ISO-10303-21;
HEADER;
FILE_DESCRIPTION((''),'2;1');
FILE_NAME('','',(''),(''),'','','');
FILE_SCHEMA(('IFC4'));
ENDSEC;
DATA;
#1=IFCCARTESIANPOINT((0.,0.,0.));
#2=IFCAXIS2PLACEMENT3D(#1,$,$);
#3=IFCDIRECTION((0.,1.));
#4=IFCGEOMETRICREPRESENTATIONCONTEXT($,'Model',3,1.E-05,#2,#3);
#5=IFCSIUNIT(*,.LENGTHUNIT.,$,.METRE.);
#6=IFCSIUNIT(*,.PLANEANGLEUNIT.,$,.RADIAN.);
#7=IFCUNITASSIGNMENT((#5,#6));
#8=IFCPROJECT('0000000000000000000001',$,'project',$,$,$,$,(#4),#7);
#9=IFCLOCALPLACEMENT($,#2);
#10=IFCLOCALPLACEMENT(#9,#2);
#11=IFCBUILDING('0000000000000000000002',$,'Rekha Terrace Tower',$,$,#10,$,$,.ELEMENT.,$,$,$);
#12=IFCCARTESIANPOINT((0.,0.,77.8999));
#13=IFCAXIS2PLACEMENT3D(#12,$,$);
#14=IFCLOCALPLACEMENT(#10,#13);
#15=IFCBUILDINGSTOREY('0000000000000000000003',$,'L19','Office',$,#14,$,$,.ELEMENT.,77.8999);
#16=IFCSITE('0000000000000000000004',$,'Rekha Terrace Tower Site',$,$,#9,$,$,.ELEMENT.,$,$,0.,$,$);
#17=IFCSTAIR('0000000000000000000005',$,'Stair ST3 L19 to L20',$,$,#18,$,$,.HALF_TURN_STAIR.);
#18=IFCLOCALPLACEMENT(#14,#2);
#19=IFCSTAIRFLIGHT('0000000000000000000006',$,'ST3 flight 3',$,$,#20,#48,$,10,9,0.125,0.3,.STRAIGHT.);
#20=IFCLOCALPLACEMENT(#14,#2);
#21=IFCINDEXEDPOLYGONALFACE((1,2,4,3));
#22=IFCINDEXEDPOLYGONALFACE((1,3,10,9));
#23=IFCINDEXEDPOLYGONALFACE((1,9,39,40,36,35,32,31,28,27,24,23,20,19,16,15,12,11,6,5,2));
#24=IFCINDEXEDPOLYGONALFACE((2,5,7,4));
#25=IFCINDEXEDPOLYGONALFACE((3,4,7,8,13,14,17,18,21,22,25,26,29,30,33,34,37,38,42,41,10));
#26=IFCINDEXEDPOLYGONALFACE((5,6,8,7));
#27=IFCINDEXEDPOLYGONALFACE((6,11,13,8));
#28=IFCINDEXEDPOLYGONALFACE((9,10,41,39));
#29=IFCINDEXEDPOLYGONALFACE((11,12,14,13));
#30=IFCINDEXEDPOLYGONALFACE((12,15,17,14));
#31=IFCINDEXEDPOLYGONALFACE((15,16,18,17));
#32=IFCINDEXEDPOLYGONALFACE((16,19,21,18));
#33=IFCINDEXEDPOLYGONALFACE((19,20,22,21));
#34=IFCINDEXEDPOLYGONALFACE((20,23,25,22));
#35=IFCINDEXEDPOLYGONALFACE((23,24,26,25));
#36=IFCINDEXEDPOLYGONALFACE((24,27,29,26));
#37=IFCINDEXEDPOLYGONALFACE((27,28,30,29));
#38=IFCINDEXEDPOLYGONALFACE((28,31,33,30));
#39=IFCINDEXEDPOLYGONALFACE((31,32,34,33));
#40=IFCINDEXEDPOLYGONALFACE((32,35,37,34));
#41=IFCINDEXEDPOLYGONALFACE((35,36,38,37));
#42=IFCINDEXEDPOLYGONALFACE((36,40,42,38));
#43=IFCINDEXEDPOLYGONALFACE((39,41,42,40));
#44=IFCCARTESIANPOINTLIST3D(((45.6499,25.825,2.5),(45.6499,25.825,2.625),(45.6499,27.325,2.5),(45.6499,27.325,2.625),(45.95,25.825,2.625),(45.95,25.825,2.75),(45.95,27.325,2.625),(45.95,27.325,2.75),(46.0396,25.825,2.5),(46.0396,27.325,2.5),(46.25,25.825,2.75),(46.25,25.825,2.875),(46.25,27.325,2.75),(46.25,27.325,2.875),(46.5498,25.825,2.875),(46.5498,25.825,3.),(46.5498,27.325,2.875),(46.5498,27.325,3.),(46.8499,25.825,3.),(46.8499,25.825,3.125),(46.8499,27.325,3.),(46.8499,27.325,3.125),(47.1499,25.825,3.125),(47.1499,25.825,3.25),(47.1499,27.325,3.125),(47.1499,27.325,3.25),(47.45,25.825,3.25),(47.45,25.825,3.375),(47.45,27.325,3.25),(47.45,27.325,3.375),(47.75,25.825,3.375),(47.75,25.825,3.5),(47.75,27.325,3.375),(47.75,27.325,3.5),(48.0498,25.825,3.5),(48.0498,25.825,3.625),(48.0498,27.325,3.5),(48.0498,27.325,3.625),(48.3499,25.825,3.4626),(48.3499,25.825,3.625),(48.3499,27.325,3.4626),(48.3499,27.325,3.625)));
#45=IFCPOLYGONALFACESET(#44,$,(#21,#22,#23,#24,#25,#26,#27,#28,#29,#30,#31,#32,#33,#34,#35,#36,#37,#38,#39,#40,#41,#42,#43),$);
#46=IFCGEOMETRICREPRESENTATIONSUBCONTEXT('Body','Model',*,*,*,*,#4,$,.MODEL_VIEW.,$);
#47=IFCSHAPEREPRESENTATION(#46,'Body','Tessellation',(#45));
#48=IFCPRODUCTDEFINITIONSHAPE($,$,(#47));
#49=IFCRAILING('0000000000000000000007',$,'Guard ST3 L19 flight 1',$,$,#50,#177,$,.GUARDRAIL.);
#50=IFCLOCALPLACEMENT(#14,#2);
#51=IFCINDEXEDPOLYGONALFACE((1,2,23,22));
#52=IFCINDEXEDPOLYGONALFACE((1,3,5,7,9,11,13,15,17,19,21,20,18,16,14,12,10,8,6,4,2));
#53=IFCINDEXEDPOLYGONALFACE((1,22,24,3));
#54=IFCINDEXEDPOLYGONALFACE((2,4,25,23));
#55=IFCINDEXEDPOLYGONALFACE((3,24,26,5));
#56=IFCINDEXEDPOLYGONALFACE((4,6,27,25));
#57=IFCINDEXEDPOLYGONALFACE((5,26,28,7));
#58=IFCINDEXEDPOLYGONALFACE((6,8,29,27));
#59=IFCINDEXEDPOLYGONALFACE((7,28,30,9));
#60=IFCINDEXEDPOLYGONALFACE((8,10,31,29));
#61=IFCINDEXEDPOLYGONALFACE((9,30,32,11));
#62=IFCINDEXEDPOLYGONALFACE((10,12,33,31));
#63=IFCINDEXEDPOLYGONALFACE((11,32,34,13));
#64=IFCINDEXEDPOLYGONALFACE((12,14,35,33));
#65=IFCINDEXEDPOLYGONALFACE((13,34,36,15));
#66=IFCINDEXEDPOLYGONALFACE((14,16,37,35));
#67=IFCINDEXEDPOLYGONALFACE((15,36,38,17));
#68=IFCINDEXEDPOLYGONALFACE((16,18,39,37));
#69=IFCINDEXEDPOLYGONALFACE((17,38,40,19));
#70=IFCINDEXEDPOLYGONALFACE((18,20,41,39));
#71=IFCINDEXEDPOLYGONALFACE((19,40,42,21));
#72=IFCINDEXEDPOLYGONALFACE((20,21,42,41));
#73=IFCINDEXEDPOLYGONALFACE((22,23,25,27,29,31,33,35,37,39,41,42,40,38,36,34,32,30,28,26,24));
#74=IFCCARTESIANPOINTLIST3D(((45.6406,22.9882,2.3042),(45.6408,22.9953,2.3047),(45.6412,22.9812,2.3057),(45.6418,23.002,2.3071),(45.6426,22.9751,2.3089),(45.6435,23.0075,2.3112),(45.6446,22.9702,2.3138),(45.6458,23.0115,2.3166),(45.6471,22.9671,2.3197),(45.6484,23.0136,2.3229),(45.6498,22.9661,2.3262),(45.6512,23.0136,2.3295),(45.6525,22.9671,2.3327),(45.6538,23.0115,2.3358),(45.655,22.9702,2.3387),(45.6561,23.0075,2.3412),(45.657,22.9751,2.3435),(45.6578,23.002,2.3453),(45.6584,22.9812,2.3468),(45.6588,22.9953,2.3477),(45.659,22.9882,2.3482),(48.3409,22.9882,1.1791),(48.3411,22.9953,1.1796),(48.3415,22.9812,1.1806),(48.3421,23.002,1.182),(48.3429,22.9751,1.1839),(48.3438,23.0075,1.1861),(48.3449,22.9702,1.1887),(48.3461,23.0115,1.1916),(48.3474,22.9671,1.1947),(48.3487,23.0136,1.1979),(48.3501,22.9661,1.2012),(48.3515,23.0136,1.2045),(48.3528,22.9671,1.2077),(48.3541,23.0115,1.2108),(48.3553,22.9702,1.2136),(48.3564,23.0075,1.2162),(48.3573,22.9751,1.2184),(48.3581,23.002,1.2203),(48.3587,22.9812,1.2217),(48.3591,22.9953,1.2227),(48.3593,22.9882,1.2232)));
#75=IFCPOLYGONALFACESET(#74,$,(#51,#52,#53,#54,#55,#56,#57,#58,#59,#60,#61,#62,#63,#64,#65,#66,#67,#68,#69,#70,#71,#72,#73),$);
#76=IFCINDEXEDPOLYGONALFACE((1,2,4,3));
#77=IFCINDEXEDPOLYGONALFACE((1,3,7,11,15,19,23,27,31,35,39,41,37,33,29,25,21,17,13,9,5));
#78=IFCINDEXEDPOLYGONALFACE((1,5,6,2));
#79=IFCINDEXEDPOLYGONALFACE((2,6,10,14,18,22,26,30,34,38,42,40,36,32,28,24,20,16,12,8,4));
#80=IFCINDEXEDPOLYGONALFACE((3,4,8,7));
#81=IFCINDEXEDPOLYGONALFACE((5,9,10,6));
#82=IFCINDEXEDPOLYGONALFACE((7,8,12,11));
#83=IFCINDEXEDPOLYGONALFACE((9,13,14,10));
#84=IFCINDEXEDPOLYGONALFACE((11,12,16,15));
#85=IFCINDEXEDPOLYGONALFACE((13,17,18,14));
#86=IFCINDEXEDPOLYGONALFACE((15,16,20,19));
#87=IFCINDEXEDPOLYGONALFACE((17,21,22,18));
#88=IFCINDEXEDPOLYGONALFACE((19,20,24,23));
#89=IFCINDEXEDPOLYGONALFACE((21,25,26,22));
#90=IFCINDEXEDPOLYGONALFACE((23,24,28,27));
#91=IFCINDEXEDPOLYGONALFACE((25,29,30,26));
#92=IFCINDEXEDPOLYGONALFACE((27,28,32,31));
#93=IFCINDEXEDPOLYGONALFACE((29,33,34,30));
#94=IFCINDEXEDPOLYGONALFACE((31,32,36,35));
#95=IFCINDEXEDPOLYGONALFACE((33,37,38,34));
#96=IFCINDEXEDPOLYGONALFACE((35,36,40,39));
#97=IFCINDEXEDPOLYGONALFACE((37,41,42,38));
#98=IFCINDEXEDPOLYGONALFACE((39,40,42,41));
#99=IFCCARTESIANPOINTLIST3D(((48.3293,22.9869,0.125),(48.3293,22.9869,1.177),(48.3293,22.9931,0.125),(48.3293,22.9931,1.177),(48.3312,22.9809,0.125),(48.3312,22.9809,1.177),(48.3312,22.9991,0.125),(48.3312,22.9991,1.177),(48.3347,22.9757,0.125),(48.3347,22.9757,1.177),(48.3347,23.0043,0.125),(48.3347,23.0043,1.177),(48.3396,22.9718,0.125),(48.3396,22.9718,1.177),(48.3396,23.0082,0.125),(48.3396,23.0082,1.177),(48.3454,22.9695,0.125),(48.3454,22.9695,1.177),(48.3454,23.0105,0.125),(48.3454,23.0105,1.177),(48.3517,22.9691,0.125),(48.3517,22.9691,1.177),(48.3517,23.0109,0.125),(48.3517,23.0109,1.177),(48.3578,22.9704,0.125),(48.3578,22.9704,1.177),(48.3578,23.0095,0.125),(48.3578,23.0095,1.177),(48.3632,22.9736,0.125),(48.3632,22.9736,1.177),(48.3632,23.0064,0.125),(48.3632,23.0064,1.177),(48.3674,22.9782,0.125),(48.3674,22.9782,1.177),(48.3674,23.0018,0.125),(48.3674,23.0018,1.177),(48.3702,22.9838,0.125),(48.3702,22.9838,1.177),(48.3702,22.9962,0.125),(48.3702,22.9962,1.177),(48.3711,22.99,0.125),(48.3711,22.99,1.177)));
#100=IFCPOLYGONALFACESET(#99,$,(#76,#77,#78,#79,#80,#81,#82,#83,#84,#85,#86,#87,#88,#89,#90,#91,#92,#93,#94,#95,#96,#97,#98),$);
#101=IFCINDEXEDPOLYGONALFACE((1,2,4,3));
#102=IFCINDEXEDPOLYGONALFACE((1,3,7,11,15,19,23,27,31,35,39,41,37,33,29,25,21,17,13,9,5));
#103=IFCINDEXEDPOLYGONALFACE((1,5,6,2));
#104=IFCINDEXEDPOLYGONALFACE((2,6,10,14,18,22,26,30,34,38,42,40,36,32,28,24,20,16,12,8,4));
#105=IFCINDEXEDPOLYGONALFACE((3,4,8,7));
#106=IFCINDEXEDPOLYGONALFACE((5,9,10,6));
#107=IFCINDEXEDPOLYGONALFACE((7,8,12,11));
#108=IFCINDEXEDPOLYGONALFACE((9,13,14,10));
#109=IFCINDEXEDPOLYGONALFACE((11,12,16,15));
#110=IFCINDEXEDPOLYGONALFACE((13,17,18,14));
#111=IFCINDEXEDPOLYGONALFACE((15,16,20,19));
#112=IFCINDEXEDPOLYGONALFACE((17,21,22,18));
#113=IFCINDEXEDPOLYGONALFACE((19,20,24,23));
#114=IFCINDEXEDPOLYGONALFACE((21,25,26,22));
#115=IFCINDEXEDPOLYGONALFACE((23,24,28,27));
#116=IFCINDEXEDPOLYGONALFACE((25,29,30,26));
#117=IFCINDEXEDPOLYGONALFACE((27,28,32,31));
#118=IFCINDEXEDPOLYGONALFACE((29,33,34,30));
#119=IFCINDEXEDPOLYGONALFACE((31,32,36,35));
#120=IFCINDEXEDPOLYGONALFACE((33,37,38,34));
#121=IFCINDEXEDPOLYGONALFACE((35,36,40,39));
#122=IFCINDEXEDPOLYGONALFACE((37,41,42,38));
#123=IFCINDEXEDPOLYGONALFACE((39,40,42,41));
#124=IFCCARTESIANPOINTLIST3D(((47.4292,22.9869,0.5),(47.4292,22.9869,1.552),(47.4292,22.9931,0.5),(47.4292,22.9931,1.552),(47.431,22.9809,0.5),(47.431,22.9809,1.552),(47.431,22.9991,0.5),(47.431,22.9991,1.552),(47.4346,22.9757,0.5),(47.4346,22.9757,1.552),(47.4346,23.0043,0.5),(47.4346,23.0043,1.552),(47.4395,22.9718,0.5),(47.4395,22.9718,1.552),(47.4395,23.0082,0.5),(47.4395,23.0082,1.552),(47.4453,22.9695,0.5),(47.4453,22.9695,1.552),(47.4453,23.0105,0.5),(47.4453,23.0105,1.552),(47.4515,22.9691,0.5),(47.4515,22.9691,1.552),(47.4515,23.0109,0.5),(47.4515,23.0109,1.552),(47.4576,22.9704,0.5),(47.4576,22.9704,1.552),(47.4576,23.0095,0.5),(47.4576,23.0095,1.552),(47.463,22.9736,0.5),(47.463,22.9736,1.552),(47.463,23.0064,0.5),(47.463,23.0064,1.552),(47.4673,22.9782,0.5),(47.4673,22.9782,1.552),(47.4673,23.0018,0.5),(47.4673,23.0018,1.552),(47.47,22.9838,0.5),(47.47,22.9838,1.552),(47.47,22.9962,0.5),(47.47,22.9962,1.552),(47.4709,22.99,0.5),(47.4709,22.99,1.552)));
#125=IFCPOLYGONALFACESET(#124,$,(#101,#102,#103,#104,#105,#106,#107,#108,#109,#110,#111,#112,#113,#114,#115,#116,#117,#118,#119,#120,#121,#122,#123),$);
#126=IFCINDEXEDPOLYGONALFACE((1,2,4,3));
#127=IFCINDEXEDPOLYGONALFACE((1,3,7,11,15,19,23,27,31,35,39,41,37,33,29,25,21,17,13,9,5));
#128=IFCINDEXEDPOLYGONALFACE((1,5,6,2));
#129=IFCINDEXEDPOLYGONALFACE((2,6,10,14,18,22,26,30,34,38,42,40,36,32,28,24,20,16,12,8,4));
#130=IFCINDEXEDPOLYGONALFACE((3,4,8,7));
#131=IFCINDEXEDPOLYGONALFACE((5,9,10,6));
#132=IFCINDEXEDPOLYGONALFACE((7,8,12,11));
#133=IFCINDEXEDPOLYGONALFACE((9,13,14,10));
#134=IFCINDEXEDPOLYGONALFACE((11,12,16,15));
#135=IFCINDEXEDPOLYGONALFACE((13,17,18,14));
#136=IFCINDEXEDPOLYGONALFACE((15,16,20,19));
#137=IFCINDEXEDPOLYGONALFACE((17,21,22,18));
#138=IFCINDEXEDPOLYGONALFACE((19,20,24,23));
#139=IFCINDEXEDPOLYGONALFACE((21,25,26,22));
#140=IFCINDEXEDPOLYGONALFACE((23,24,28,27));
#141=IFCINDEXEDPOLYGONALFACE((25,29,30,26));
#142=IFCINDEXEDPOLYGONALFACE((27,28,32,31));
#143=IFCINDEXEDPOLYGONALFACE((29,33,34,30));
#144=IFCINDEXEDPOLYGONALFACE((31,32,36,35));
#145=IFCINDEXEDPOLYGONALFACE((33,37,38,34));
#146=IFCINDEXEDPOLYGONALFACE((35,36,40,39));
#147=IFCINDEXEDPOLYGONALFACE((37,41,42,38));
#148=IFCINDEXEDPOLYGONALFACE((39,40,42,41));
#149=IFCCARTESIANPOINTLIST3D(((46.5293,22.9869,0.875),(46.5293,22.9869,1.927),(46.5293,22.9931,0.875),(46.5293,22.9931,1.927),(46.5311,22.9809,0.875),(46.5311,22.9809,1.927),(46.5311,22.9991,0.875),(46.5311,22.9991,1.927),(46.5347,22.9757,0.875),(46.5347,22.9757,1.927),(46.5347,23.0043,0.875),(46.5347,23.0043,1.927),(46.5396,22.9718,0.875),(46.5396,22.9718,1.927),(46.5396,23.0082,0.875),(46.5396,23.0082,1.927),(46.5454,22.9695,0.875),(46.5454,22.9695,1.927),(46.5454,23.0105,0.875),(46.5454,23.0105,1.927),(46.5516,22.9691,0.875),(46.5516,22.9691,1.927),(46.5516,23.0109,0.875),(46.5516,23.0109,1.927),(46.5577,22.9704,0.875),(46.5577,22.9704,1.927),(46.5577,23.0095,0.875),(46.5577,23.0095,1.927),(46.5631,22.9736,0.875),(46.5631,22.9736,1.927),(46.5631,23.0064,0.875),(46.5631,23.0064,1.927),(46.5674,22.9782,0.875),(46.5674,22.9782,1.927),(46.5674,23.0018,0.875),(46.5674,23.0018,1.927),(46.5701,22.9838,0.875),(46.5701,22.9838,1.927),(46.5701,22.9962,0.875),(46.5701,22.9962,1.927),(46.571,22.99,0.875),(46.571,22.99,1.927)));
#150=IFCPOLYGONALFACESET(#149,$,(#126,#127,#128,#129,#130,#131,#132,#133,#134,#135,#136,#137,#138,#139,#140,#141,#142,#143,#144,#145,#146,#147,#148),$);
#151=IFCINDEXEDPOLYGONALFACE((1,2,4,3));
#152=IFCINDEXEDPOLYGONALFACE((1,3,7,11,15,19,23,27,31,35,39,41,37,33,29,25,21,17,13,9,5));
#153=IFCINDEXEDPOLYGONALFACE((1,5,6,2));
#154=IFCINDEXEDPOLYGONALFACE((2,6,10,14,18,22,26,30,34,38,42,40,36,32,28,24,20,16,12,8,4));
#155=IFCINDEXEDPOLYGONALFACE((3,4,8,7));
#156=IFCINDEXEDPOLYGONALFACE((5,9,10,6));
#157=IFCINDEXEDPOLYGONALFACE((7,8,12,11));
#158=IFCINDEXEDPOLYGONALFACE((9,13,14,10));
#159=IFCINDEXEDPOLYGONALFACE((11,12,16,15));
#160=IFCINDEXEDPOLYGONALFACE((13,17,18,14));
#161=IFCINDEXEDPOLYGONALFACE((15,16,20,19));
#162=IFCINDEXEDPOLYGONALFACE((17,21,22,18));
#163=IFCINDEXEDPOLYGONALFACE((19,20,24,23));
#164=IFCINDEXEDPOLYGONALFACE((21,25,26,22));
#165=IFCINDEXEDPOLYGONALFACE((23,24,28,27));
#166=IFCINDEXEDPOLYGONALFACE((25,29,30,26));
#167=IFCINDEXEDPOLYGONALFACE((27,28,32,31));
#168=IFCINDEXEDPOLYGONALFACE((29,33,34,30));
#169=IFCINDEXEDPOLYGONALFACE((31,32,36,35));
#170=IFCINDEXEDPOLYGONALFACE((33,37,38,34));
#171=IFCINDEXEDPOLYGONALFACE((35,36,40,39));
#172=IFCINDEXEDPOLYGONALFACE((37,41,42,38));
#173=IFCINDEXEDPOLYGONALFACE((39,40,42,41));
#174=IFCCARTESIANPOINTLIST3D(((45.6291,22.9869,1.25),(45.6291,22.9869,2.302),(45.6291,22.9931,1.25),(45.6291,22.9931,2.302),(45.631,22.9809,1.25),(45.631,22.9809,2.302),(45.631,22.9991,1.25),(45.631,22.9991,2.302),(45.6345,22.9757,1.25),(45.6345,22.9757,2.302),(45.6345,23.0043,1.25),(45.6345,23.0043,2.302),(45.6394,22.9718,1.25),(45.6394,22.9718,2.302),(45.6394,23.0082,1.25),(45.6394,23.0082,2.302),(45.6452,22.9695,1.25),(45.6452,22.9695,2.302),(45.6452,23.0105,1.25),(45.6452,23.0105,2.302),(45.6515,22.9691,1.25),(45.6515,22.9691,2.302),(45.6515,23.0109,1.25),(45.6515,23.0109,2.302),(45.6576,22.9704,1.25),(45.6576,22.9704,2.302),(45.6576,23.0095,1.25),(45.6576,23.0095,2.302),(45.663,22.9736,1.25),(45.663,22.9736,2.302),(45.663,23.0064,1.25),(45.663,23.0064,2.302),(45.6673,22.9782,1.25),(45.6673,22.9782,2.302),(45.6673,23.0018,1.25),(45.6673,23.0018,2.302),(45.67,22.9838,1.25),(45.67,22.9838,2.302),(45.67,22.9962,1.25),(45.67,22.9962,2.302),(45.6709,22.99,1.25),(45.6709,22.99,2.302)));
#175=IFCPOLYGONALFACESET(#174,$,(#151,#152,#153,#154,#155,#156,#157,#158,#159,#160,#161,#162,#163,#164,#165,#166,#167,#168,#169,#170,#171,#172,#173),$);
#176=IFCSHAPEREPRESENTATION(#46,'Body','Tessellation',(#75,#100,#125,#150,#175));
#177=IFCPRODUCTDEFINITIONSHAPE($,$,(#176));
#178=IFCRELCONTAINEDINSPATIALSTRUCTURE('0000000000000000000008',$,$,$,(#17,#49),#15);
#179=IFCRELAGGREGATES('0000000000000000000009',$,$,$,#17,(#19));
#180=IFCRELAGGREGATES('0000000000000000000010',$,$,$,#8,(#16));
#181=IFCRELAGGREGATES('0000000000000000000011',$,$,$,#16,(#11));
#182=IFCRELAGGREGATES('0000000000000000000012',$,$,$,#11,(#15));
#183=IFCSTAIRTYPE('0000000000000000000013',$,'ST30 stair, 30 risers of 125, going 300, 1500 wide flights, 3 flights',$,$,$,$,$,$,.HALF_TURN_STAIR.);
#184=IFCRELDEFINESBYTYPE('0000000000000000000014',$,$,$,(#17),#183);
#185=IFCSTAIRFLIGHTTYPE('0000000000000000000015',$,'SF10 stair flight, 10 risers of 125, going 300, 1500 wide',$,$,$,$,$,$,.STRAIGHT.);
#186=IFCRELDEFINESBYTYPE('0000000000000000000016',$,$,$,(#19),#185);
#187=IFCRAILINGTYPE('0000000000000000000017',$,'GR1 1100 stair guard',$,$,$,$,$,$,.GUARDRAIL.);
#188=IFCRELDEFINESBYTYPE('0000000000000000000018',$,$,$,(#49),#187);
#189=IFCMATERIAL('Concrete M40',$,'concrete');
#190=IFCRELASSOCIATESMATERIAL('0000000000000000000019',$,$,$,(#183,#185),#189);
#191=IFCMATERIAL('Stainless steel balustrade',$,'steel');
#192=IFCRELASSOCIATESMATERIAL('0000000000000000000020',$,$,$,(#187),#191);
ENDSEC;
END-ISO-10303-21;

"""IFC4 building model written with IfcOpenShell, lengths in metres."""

from ifc_helpers import new_model, si_unit, direction, frame, origin, origin_2d, place, context, subcontext, project, spatial, polyline, circle, outline, extrude, material, type_object, element, aggregate, save


model = new_model("IFC4")

# Units and contexts
model_context = context("Model", 3, precision=1e-05, world=origin(), true_north=direction((0.0, 1.0)))
body_context = subcontext(model_context, "Body", "Model", "MODEL_VIEW")
ifc_project = project(units=[si_unit("LENGTHUNIT", "METRE"), si_unit("PLANEANGLEUNIT", "RADIAN")], contexts=[model_context])

# Site, building, storey
site_placement = place(None, origin())
site = spatial("IfcSite", under=ifc_project, at=site_placement, Name="Rekha Terrace Tower Site", CompositionType="ELEMENT", RefElevation=0.0)
building_placement = place(site_placement, origin())
building = spatial("IfcBuilding", under=site, at=building_placement, Name="Rekha Terrace Tower", CompositionType="ELEMENT")
storey_placement = place(building_placement, frame((0.0, 0.0, 77.8999)))
storey = spatial("IfcBuildingStorey", under=building, at=storey_placement, Name="L19", Description="Office", CompositionType="ELEMENT", Elevation=77.8999)

# Stair, stair flight
ifc_material_1 = material(Name="Concrete M40", Category="concrete")
stair_type = type_object("IfcStairType", Name="ST30 stair, 30 risers of 125, going 300, 1500 wide flights, 3 flights", PredefinedType="HALF_TURN_STAIR", material=ifc_material_1)
stair_placement = place(storey_placement, origin())
stair = element("IfcStair", 1, at=stair_placement, inside=storey, type_object=stair_type, Name="Stair ST3 L19 to L20", PredefinedType="HALF_TURN_STAIR")
stair_flight_type = type_object("IfcStairFlightType", Name="SF10 stair flight, 10 risers of 125, going 300, 1500 wide", PredefinedType="STRAIGHT", material=ifc_material_1)
stair_flight_1_placement = place(storey_placement, frame((45.6499, 26.575, 2.5), z_axis=(0.0, 0.0, 1.0), x_axis=(1.0, 0.0, 0.0)))
stair_flight_1 = element("IfcStairFlight", 2, at=stair_flight_1_placement, type_object=stair_flight_type, Name="ST3 flight 3", NumberOfRisers=10, NumberOfTreads=9, PredefinedType="STRAIGHT", RiserHeight=0.125, TreadLength=0.3, context=body_context, shape_type="SweptSolid", body=[
    extrude(outline(polyline([(0.0, 0.0), (0.0, 0.125), (0.3, 0.125), (0.3, 0.25), (0.6001, 0.25), (0.6001, 0.375), (0.8999, 0.375), (0.8999, 0.5), (1.2, 0.5), (1.2, 0.625), (1.5, 0.625), (1.5, 0.75), (1.8, 0.75), (1.8, 0.875), (2.1001, 0.875), (2.1001, 1.0), (2.3999, 1.0), (2.3999, 1.125), (2.7, 1.125), (2.7, 1.25), (2.7, 0.9626), (0.3896, 0.0), (0.0, 0.0)])), frame((0.0, 0.75, 0.0), z_axis=(0.0, -1.0, 0.0), x_axis=(1.0, 0.0, 0.0)), (0.0, 0.0, 1.0), 1.5),
])
aggregate(stair, [stair_flight_1])

# Railing
ifc_material_2 = material(Name="Stainless steel balustrade", Category="steel")
railing_type_1 = type_object("IfcRailingType", Name="GR1 1100 stair guard", PredefinedType="GUARDRAIL", material=ifc_material_2)
railing_1_placement = place(storey_placement, frame((48.3501, 22.99, 0.125)))
element("IfcRailing", 3, at=railing_1_placement, inside=storey, type_object=railing_type_1, Name="Guard ST3 L19 flight 1", PredefinedType="GUARDRAIL", context=body_context, shape_type="SweptSolid", body=[
    extrude(circle(Radius=0.0239, at=origin_2d()), frame((0.0, 0.0, 1.0762), z_axis=(-0.923087, 0.0, 0.384592), x_axis=(0.0, -1.0, 0.0)), (0.0, 0.0, 1.0), 2.9253),
    extrude(circle(Radius=0.021, at=origin_2d()), origin(), (0.0, 0.0, 1.0), 1.052),
    extrude(circle(Radius=0.021, at=origin_2d()), frame((-0.9001, 0.0, 0.375)), (0.0, 0.0, 1.0), 1.052),
    extrude(circle(Radius=0.021, at=origin_2d()), frame((-1.8, 0.0, 0.75)), (0.0, 0.0, 1.0), 1.052),
    extrude(circle(Radius=0.021, at=origin_2d()), frame((-2.7002, 0.0, 1.125)), (0.0, 0.0, 1.0), 1.052),
])

save(model, "model.ifc")
